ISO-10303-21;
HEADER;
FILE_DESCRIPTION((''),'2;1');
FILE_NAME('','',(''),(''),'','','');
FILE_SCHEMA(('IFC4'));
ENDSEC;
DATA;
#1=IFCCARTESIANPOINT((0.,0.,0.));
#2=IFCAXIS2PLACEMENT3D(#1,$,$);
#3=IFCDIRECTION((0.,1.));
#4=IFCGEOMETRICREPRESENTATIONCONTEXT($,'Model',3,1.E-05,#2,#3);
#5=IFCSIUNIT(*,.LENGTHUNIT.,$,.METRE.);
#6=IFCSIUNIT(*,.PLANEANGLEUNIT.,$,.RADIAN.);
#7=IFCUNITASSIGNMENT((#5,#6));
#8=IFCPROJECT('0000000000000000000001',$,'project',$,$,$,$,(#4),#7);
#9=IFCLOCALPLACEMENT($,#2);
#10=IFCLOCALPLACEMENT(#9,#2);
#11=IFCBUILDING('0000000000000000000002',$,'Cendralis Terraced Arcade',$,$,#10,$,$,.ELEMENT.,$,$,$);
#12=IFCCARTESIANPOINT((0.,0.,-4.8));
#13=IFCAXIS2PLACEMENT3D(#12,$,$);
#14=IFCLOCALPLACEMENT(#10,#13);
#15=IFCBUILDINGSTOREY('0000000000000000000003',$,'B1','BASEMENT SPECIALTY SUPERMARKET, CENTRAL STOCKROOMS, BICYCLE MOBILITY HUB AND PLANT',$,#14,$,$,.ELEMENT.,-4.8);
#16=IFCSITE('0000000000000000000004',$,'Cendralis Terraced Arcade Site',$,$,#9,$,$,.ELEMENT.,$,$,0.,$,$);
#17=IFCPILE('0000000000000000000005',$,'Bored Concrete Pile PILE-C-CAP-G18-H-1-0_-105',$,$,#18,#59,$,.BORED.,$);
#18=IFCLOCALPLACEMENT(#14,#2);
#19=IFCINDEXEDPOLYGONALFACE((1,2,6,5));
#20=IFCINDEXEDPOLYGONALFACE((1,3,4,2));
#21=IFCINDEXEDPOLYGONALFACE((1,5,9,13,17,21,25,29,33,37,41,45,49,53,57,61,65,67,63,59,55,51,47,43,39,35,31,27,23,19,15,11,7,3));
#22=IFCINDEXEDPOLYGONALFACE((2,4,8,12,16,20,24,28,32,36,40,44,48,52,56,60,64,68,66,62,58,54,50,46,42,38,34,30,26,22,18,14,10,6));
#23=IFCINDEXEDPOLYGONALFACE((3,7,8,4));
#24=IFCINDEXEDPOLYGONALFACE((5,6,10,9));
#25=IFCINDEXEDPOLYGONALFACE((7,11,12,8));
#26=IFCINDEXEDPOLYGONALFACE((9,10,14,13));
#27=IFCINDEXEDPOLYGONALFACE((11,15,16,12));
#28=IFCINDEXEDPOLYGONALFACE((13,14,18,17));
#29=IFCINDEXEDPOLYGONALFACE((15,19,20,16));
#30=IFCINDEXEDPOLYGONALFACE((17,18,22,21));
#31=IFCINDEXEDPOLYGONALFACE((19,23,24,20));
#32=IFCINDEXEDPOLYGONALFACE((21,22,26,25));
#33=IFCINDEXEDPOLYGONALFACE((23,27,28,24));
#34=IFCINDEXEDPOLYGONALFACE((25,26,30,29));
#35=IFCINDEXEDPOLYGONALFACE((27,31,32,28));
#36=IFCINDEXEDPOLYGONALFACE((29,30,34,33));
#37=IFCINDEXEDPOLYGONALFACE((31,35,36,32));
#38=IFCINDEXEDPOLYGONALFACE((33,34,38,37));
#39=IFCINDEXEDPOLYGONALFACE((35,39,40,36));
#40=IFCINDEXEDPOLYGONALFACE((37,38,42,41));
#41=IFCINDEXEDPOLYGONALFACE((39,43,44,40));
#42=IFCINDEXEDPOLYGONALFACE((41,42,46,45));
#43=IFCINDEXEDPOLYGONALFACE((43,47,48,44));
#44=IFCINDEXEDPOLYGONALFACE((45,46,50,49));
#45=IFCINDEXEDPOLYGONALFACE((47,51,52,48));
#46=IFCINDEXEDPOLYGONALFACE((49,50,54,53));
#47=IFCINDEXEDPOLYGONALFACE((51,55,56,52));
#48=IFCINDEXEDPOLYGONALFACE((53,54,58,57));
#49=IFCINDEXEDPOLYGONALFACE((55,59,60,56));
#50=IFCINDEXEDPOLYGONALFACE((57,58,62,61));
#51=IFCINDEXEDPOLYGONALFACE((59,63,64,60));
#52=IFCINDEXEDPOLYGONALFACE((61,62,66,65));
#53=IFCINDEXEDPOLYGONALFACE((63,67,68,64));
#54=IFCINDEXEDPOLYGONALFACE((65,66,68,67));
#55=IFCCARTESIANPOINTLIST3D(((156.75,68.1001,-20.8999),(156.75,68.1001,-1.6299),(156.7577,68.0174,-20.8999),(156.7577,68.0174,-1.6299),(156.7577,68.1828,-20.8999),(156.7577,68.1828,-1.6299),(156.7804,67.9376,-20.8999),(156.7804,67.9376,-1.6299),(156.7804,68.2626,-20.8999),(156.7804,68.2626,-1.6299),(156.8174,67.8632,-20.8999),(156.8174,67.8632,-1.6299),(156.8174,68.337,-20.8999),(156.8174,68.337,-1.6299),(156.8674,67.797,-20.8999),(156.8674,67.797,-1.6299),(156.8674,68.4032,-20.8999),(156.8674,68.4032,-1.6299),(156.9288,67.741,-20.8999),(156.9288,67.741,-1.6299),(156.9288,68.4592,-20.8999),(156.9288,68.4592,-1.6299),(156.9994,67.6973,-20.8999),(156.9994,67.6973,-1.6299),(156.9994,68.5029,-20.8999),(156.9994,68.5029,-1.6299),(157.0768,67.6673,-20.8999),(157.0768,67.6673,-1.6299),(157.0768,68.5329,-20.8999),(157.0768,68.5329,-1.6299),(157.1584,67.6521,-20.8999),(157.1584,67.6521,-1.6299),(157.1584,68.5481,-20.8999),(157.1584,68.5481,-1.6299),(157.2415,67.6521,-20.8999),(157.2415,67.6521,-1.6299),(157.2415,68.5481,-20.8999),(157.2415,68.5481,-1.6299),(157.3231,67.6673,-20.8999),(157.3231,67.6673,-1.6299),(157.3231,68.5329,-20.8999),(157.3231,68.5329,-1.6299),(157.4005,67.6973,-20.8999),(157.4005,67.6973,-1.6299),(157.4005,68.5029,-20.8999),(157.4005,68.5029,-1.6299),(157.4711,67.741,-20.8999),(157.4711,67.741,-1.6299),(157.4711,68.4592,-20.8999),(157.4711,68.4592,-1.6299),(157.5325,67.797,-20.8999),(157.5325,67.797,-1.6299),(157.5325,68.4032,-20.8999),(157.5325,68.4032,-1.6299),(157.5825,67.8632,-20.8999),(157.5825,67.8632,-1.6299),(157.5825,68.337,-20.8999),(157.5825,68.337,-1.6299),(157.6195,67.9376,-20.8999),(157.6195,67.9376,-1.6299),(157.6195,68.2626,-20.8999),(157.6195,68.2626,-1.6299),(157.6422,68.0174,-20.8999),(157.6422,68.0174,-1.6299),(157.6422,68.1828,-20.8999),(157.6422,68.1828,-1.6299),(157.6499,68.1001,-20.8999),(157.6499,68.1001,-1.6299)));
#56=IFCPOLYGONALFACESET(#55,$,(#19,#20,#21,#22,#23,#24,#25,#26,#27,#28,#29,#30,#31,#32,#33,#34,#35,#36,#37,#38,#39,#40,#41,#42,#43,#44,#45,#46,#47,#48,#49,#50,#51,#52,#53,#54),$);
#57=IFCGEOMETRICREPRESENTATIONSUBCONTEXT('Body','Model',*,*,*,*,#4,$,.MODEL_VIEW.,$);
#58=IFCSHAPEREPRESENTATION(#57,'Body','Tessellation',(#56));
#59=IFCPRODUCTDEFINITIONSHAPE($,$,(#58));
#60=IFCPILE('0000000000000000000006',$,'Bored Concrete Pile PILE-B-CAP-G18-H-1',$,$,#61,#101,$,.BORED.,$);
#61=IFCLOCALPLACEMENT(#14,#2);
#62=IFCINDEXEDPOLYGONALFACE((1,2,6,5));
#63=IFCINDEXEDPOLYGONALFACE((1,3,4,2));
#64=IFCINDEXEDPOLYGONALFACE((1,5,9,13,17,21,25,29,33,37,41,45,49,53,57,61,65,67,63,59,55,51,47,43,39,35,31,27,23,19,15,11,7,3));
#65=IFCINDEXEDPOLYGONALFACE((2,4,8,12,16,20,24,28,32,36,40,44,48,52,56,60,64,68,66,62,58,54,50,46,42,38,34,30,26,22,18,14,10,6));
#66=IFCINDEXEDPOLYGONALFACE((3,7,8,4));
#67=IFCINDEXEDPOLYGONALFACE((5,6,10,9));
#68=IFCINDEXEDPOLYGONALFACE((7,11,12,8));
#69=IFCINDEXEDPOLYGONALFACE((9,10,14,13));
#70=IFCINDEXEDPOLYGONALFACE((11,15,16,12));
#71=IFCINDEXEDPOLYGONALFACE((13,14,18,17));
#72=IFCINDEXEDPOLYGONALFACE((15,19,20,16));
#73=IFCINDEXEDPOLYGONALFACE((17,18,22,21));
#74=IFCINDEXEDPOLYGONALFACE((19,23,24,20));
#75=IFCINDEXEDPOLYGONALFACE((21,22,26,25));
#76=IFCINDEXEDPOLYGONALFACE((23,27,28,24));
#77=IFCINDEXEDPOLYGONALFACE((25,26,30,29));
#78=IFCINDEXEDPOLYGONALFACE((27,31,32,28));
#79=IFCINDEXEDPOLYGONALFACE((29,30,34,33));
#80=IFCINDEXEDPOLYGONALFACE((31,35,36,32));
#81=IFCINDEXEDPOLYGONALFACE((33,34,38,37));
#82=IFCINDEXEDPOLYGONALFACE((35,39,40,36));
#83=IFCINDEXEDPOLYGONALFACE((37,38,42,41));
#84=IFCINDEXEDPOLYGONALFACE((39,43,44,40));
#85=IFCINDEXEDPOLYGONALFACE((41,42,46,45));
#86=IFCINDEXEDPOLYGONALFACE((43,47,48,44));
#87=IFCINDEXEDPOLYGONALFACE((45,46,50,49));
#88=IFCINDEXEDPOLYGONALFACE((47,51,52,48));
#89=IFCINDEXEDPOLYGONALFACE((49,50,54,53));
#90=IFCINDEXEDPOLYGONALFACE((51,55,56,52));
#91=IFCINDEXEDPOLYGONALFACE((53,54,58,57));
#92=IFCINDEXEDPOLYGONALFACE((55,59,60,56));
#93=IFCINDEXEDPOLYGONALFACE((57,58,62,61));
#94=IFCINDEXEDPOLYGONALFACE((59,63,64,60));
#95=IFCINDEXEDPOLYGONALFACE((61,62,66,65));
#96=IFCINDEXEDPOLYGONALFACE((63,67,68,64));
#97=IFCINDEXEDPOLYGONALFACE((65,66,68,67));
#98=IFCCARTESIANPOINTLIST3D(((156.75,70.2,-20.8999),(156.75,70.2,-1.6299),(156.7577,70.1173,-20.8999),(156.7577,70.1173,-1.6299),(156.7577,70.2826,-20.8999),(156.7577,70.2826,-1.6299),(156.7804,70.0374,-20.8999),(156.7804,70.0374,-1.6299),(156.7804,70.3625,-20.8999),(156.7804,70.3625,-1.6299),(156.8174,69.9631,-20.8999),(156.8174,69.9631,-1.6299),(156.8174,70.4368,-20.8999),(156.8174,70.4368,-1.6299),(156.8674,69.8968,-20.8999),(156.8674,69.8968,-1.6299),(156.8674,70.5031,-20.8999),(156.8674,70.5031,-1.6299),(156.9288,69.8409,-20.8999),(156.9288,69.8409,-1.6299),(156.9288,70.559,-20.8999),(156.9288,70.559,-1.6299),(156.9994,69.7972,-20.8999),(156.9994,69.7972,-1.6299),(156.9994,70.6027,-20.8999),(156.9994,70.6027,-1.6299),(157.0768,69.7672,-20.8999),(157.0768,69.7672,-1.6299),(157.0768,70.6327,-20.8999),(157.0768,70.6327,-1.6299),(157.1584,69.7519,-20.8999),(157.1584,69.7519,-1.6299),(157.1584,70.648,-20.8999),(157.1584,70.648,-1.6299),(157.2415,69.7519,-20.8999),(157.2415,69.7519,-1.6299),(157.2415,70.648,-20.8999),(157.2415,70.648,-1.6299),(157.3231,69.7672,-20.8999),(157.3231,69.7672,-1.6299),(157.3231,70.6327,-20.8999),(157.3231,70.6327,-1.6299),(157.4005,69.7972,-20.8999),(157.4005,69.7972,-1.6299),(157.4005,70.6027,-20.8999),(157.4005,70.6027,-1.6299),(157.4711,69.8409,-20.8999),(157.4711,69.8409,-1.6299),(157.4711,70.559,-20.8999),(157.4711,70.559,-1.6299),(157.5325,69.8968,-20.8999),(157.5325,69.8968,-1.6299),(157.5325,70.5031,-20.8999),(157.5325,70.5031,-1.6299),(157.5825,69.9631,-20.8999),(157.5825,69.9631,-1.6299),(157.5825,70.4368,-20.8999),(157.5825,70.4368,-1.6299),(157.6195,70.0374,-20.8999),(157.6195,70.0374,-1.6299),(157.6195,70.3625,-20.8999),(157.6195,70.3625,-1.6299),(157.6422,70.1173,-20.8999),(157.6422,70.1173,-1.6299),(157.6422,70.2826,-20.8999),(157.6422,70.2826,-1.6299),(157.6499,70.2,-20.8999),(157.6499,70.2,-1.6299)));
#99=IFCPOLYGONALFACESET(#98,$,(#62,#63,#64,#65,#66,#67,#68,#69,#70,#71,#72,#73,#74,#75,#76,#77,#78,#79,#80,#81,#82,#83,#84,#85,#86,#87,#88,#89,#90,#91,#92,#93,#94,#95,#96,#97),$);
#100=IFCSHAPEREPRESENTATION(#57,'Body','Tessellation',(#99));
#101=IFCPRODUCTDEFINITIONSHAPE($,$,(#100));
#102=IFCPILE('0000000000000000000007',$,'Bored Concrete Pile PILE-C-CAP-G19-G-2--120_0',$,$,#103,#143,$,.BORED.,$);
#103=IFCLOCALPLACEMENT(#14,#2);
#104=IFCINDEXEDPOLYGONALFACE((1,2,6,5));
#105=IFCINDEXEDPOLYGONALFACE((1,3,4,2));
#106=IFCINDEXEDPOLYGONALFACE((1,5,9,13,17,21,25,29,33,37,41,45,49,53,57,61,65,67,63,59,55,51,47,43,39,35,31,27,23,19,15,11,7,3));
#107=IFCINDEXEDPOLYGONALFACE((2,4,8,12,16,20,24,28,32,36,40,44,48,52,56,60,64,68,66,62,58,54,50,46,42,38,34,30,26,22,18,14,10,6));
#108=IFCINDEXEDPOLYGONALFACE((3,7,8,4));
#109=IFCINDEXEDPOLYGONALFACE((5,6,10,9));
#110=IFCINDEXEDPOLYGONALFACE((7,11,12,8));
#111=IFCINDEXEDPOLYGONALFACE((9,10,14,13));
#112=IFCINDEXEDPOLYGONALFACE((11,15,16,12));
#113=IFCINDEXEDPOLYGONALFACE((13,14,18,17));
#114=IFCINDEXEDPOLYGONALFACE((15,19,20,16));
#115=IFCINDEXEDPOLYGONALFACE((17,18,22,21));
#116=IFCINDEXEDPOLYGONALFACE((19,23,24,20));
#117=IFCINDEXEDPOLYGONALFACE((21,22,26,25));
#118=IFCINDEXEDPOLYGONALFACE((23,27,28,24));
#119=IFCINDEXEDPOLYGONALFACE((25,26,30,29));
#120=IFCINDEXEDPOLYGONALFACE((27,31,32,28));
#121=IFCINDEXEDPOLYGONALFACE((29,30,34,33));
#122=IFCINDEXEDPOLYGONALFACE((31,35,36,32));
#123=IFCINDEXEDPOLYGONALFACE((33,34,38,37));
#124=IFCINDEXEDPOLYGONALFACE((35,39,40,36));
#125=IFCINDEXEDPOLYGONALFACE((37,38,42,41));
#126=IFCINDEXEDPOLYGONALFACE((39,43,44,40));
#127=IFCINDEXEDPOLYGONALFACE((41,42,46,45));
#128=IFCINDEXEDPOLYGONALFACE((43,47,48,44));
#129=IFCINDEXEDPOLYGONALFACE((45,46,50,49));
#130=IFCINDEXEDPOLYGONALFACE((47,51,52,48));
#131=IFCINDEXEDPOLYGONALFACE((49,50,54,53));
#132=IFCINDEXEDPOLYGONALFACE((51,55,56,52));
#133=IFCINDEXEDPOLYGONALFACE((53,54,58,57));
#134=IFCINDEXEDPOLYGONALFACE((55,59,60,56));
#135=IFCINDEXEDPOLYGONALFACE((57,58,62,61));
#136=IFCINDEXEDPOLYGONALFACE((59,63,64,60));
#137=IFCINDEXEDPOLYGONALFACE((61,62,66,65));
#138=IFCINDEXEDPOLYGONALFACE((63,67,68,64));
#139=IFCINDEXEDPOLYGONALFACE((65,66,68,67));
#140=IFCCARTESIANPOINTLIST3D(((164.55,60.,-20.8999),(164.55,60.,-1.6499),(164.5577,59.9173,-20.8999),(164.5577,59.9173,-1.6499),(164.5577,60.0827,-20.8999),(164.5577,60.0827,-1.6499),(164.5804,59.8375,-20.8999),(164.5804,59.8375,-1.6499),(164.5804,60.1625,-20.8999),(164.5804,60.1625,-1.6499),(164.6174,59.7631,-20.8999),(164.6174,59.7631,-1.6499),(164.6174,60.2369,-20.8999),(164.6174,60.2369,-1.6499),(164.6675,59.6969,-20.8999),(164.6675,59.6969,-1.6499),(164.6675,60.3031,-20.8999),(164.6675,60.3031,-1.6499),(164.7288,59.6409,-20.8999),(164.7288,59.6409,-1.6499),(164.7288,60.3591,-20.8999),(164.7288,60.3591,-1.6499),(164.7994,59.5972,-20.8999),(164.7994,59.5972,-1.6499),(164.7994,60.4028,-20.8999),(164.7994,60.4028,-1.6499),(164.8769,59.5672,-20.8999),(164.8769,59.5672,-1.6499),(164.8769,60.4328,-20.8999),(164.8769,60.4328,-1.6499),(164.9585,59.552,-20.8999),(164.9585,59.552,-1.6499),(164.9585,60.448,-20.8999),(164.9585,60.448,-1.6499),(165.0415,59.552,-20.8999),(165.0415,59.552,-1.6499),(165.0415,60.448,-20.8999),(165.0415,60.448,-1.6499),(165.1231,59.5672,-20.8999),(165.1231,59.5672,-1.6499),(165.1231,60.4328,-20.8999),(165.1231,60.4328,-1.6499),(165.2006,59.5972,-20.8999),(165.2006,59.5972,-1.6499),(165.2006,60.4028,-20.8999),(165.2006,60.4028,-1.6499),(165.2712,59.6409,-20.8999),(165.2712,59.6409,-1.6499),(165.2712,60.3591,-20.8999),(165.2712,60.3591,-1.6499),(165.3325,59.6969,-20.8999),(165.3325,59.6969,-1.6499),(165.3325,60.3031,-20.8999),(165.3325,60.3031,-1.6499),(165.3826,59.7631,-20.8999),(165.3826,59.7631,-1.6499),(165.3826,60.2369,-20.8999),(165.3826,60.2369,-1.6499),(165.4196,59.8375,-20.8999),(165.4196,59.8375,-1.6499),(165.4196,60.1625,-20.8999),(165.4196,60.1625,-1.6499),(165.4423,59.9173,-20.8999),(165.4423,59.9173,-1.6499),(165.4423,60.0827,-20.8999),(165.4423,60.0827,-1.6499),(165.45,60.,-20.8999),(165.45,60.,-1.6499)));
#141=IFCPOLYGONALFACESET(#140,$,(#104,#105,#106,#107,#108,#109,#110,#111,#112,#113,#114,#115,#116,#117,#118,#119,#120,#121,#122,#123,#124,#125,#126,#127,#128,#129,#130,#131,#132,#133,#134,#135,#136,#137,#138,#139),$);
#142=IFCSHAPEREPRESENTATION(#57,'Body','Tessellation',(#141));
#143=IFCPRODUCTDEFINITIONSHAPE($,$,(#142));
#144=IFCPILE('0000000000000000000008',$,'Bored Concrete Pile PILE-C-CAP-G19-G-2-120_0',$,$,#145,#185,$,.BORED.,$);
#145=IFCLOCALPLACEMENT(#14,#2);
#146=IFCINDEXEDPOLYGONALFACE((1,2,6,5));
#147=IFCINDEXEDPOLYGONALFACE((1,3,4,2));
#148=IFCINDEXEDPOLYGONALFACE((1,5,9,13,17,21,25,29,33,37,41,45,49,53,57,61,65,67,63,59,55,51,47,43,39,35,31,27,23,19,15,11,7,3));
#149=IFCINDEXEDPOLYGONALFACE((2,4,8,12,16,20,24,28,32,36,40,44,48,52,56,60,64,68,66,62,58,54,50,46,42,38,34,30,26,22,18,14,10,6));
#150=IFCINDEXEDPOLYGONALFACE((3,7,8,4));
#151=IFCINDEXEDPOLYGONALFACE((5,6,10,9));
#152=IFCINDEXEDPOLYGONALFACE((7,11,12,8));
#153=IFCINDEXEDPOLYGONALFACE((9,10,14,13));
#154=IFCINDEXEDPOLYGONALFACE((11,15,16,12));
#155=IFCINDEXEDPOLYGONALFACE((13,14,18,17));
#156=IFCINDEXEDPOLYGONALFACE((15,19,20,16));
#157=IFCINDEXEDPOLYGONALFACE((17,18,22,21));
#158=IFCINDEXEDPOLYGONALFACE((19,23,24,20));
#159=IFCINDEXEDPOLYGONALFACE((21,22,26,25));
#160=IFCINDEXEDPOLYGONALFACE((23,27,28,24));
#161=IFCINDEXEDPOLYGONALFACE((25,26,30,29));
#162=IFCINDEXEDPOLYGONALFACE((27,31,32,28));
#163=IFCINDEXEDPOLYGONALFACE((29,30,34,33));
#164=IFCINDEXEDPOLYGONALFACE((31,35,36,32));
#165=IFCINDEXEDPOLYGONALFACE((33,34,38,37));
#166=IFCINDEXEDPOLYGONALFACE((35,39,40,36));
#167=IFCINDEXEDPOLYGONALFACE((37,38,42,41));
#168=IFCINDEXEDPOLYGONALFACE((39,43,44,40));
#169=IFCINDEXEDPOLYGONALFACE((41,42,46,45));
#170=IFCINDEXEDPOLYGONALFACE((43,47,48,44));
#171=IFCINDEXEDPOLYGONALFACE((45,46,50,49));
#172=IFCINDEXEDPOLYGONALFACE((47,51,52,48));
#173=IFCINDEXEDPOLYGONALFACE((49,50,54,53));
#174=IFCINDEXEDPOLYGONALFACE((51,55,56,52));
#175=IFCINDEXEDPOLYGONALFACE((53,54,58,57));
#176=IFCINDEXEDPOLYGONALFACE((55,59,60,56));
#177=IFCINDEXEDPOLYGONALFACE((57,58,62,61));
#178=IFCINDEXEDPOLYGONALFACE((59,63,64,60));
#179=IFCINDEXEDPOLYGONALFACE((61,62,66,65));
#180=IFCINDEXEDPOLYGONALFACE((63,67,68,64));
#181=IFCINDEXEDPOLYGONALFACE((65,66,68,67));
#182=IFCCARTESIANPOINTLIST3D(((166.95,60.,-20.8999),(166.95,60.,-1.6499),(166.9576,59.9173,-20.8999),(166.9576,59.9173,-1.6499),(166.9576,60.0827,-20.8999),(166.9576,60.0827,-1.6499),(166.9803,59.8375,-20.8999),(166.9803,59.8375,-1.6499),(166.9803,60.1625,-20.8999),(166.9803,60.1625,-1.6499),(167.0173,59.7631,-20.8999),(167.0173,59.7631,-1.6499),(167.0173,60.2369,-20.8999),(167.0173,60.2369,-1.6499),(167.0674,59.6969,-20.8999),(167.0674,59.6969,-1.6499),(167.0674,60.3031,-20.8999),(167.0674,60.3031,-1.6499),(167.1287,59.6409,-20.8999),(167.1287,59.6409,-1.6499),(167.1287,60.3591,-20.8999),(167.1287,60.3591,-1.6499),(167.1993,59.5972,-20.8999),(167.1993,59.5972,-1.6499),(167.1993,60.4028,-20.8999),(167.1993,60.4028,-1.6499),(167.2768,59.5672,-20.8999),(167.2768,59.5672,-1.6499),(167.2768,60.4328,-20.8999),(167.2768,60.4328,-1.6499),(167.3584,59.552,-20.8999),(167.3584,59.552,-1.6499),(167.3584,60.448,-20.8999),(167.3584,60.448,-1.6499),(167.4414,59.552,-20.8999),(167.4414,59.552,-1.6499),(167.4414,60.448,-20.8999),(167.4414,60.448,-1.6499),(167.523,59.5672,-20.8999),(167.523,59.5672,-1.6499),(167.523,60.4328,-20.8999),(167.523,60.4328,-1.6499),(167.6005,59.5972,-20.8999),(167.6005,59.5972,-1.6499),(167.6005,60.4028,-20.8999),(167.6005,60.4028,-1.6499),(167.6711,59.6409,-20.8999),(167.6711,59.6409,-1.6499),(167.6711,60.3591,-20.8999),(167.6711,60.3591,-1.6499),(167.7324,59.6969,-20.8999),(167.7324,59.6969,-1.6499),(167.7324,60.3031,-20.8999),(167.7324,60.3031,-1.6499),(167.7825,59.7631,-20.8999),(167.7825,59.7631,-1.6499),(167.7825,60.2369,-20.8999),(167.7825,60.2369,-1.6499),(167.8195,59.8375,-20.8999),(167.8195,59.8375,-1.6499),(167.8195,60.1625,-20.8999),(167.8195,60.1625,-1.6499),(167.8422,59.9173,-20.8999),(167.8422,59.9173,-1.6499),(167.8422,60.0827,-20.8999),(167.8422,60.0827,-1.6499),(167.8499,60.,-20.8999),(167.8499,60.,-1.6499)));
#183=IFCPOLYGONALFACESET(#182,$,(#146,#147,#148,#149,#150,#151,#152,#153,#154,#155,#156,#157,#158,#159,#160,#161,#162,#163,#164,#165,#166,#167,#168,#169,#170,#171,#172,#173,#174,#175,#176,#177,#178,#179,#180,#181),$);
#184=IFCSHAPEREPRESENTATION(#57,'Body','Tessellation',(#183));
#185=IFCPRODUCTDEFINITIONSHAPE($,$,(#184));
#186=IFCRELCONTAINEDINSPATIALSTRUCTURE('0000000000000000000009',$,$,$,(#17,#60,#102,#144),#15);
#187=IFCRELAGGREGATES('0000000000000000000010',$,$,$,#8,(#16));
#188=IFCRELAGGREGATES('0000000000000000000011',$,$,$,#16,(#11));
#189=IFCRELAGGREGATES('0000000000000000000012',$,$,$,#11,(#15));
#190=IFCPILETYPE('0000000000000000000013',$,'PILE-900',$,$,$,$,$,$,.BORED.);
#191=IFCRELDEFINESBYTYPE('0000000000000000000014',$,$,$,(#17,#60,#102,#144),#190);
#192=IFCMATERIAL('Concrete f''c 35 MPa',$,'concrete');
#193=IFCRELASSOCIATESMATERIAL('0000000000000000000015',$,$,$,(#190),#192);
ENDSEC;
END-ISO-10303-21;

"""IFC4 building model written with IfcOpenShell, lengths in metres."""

from ifc_helpers import new_model, si_unit, direction, frame, origin, origin_2d, place, context, subcontext, project, spatial, circle, extrude, material, material_profile, profile_set, type_object, element, save


model = new_model("IFC4")

# Units and contexts
model_context = context("Model", 3, precision=1e-05, world=origin(), true_north=direction((0.0, 1.0)))
body_context = subcontext(model_context, "Body", "Model", "MODEL_VIEW")
ifc_project = project(units=[si_unit("LENGTHUNIT", "METRE"), si_unit("PLANEANGLEUNIT", "RADIAN")], contexts=[model_context])

# Site, building, storey
site_placement = place(None, origin())
site = spatial("IfcSite", under=ifc_project, at=site_placement, Name="Cendralis Terraced Arcade Site", CompositionType="ELEMENT", RefElevation=0.0)
building_placement = place(site_placement, origin())
building = spatial("IfcBuilding", under=site, at=building_placement, Name="Cendralis Terraced Arcade", CompositionType="ELEMENT")
storey_placement = place(building_placement, frame((0.0, 0.0, -4.8)))
storey = spatial("IfcBuildingStorey", under=building, at=storey_placement, Name="B1", Description="BASEMENT SPECIALTY SUPERMARKET, CENTRAL STOCKROOMS, BICYCLE MOBILITY HUB AND PLANT", CompositionType="ELEMENT", Elevation=-4.8)

# Shared definitions
ifc_material_1 = material(Name="Concrete f'c 35 MPa", Category="concrete")

# Piles
ifc_material_profile_1 = material_profile(ifc_material_1, circle(Radius=0.45, at=origin_2d()), Name="PILE-D900", Category="LoadBearing")
ifc_profile_set_1 = profile_set([ifc_material_profile_1], Name="Concrete f'c 35 MPa")
pile_type_1 = type_object("IfcPileType", Name="PILE-900", PredefinedType="BORED", material=ifc_profile_set_1)
for number, where, z_axis, x_axis, name in (
    (1, (157.2, 68.1001, -1.6299), (0.0, 0.0, -1.0), (1.0, 0.0, 0.0), "Bored Concrete Pile PILE-C-CAP-G18-H-1-0_-105"),
    (2, (157.2, 70.2, -1.6299), (0.0, 0.0, -1.0), (1.0, 0.0, 0.0), "Bored Concrete Pile PILE-B-CAP-G18-H-1"),
):
    element("IfcPile", number, at=place(storey_placement, frame(where, z_axis=z_axis, x_axis=x_axis)), inside=storey, type_object=pile_type_1, Name=name, PredefinedType="BORED", context=body_context, shape_type="SweptSolid", body=[
        extrude(circle(Radius=0.45, at=origin_2d()), origin(), (0.0, 0.0, 1.0), 19.27),
    ])
for number, where, z_axis, x_axis, name in (
    (3, (165.0, 60.0, -1.6499), (0.0, 0.0, -1.0), (1.0, 0.0, 0.0), "Bored Concrete Pile PILE-C-CAP-G19-G-2--120_0"),
    (4, (167.3999, 60.0, -1.6499), (0.0, 0.0, -1.0), (1.0, 0.0, 0.0), "Bored Concrete Pile PILE-C-CAP-G19-G-2-120_0"),
):
    element("IfcPile", number, at=place(storey_placement, frame(where, z_axis=z_axis, x_axis=x_axis)), inside=storey, type_object=pile_type_1, Name=name, PredefinedType="BORED", context=body_context, shape_type="SweptSolid", body=[
        extrude(circle(Radius=0.45, at=origin_2d()), origin(), (0.0, 0.0, 1.0), 19.25),
    ])

save(model, "model.ifc")
